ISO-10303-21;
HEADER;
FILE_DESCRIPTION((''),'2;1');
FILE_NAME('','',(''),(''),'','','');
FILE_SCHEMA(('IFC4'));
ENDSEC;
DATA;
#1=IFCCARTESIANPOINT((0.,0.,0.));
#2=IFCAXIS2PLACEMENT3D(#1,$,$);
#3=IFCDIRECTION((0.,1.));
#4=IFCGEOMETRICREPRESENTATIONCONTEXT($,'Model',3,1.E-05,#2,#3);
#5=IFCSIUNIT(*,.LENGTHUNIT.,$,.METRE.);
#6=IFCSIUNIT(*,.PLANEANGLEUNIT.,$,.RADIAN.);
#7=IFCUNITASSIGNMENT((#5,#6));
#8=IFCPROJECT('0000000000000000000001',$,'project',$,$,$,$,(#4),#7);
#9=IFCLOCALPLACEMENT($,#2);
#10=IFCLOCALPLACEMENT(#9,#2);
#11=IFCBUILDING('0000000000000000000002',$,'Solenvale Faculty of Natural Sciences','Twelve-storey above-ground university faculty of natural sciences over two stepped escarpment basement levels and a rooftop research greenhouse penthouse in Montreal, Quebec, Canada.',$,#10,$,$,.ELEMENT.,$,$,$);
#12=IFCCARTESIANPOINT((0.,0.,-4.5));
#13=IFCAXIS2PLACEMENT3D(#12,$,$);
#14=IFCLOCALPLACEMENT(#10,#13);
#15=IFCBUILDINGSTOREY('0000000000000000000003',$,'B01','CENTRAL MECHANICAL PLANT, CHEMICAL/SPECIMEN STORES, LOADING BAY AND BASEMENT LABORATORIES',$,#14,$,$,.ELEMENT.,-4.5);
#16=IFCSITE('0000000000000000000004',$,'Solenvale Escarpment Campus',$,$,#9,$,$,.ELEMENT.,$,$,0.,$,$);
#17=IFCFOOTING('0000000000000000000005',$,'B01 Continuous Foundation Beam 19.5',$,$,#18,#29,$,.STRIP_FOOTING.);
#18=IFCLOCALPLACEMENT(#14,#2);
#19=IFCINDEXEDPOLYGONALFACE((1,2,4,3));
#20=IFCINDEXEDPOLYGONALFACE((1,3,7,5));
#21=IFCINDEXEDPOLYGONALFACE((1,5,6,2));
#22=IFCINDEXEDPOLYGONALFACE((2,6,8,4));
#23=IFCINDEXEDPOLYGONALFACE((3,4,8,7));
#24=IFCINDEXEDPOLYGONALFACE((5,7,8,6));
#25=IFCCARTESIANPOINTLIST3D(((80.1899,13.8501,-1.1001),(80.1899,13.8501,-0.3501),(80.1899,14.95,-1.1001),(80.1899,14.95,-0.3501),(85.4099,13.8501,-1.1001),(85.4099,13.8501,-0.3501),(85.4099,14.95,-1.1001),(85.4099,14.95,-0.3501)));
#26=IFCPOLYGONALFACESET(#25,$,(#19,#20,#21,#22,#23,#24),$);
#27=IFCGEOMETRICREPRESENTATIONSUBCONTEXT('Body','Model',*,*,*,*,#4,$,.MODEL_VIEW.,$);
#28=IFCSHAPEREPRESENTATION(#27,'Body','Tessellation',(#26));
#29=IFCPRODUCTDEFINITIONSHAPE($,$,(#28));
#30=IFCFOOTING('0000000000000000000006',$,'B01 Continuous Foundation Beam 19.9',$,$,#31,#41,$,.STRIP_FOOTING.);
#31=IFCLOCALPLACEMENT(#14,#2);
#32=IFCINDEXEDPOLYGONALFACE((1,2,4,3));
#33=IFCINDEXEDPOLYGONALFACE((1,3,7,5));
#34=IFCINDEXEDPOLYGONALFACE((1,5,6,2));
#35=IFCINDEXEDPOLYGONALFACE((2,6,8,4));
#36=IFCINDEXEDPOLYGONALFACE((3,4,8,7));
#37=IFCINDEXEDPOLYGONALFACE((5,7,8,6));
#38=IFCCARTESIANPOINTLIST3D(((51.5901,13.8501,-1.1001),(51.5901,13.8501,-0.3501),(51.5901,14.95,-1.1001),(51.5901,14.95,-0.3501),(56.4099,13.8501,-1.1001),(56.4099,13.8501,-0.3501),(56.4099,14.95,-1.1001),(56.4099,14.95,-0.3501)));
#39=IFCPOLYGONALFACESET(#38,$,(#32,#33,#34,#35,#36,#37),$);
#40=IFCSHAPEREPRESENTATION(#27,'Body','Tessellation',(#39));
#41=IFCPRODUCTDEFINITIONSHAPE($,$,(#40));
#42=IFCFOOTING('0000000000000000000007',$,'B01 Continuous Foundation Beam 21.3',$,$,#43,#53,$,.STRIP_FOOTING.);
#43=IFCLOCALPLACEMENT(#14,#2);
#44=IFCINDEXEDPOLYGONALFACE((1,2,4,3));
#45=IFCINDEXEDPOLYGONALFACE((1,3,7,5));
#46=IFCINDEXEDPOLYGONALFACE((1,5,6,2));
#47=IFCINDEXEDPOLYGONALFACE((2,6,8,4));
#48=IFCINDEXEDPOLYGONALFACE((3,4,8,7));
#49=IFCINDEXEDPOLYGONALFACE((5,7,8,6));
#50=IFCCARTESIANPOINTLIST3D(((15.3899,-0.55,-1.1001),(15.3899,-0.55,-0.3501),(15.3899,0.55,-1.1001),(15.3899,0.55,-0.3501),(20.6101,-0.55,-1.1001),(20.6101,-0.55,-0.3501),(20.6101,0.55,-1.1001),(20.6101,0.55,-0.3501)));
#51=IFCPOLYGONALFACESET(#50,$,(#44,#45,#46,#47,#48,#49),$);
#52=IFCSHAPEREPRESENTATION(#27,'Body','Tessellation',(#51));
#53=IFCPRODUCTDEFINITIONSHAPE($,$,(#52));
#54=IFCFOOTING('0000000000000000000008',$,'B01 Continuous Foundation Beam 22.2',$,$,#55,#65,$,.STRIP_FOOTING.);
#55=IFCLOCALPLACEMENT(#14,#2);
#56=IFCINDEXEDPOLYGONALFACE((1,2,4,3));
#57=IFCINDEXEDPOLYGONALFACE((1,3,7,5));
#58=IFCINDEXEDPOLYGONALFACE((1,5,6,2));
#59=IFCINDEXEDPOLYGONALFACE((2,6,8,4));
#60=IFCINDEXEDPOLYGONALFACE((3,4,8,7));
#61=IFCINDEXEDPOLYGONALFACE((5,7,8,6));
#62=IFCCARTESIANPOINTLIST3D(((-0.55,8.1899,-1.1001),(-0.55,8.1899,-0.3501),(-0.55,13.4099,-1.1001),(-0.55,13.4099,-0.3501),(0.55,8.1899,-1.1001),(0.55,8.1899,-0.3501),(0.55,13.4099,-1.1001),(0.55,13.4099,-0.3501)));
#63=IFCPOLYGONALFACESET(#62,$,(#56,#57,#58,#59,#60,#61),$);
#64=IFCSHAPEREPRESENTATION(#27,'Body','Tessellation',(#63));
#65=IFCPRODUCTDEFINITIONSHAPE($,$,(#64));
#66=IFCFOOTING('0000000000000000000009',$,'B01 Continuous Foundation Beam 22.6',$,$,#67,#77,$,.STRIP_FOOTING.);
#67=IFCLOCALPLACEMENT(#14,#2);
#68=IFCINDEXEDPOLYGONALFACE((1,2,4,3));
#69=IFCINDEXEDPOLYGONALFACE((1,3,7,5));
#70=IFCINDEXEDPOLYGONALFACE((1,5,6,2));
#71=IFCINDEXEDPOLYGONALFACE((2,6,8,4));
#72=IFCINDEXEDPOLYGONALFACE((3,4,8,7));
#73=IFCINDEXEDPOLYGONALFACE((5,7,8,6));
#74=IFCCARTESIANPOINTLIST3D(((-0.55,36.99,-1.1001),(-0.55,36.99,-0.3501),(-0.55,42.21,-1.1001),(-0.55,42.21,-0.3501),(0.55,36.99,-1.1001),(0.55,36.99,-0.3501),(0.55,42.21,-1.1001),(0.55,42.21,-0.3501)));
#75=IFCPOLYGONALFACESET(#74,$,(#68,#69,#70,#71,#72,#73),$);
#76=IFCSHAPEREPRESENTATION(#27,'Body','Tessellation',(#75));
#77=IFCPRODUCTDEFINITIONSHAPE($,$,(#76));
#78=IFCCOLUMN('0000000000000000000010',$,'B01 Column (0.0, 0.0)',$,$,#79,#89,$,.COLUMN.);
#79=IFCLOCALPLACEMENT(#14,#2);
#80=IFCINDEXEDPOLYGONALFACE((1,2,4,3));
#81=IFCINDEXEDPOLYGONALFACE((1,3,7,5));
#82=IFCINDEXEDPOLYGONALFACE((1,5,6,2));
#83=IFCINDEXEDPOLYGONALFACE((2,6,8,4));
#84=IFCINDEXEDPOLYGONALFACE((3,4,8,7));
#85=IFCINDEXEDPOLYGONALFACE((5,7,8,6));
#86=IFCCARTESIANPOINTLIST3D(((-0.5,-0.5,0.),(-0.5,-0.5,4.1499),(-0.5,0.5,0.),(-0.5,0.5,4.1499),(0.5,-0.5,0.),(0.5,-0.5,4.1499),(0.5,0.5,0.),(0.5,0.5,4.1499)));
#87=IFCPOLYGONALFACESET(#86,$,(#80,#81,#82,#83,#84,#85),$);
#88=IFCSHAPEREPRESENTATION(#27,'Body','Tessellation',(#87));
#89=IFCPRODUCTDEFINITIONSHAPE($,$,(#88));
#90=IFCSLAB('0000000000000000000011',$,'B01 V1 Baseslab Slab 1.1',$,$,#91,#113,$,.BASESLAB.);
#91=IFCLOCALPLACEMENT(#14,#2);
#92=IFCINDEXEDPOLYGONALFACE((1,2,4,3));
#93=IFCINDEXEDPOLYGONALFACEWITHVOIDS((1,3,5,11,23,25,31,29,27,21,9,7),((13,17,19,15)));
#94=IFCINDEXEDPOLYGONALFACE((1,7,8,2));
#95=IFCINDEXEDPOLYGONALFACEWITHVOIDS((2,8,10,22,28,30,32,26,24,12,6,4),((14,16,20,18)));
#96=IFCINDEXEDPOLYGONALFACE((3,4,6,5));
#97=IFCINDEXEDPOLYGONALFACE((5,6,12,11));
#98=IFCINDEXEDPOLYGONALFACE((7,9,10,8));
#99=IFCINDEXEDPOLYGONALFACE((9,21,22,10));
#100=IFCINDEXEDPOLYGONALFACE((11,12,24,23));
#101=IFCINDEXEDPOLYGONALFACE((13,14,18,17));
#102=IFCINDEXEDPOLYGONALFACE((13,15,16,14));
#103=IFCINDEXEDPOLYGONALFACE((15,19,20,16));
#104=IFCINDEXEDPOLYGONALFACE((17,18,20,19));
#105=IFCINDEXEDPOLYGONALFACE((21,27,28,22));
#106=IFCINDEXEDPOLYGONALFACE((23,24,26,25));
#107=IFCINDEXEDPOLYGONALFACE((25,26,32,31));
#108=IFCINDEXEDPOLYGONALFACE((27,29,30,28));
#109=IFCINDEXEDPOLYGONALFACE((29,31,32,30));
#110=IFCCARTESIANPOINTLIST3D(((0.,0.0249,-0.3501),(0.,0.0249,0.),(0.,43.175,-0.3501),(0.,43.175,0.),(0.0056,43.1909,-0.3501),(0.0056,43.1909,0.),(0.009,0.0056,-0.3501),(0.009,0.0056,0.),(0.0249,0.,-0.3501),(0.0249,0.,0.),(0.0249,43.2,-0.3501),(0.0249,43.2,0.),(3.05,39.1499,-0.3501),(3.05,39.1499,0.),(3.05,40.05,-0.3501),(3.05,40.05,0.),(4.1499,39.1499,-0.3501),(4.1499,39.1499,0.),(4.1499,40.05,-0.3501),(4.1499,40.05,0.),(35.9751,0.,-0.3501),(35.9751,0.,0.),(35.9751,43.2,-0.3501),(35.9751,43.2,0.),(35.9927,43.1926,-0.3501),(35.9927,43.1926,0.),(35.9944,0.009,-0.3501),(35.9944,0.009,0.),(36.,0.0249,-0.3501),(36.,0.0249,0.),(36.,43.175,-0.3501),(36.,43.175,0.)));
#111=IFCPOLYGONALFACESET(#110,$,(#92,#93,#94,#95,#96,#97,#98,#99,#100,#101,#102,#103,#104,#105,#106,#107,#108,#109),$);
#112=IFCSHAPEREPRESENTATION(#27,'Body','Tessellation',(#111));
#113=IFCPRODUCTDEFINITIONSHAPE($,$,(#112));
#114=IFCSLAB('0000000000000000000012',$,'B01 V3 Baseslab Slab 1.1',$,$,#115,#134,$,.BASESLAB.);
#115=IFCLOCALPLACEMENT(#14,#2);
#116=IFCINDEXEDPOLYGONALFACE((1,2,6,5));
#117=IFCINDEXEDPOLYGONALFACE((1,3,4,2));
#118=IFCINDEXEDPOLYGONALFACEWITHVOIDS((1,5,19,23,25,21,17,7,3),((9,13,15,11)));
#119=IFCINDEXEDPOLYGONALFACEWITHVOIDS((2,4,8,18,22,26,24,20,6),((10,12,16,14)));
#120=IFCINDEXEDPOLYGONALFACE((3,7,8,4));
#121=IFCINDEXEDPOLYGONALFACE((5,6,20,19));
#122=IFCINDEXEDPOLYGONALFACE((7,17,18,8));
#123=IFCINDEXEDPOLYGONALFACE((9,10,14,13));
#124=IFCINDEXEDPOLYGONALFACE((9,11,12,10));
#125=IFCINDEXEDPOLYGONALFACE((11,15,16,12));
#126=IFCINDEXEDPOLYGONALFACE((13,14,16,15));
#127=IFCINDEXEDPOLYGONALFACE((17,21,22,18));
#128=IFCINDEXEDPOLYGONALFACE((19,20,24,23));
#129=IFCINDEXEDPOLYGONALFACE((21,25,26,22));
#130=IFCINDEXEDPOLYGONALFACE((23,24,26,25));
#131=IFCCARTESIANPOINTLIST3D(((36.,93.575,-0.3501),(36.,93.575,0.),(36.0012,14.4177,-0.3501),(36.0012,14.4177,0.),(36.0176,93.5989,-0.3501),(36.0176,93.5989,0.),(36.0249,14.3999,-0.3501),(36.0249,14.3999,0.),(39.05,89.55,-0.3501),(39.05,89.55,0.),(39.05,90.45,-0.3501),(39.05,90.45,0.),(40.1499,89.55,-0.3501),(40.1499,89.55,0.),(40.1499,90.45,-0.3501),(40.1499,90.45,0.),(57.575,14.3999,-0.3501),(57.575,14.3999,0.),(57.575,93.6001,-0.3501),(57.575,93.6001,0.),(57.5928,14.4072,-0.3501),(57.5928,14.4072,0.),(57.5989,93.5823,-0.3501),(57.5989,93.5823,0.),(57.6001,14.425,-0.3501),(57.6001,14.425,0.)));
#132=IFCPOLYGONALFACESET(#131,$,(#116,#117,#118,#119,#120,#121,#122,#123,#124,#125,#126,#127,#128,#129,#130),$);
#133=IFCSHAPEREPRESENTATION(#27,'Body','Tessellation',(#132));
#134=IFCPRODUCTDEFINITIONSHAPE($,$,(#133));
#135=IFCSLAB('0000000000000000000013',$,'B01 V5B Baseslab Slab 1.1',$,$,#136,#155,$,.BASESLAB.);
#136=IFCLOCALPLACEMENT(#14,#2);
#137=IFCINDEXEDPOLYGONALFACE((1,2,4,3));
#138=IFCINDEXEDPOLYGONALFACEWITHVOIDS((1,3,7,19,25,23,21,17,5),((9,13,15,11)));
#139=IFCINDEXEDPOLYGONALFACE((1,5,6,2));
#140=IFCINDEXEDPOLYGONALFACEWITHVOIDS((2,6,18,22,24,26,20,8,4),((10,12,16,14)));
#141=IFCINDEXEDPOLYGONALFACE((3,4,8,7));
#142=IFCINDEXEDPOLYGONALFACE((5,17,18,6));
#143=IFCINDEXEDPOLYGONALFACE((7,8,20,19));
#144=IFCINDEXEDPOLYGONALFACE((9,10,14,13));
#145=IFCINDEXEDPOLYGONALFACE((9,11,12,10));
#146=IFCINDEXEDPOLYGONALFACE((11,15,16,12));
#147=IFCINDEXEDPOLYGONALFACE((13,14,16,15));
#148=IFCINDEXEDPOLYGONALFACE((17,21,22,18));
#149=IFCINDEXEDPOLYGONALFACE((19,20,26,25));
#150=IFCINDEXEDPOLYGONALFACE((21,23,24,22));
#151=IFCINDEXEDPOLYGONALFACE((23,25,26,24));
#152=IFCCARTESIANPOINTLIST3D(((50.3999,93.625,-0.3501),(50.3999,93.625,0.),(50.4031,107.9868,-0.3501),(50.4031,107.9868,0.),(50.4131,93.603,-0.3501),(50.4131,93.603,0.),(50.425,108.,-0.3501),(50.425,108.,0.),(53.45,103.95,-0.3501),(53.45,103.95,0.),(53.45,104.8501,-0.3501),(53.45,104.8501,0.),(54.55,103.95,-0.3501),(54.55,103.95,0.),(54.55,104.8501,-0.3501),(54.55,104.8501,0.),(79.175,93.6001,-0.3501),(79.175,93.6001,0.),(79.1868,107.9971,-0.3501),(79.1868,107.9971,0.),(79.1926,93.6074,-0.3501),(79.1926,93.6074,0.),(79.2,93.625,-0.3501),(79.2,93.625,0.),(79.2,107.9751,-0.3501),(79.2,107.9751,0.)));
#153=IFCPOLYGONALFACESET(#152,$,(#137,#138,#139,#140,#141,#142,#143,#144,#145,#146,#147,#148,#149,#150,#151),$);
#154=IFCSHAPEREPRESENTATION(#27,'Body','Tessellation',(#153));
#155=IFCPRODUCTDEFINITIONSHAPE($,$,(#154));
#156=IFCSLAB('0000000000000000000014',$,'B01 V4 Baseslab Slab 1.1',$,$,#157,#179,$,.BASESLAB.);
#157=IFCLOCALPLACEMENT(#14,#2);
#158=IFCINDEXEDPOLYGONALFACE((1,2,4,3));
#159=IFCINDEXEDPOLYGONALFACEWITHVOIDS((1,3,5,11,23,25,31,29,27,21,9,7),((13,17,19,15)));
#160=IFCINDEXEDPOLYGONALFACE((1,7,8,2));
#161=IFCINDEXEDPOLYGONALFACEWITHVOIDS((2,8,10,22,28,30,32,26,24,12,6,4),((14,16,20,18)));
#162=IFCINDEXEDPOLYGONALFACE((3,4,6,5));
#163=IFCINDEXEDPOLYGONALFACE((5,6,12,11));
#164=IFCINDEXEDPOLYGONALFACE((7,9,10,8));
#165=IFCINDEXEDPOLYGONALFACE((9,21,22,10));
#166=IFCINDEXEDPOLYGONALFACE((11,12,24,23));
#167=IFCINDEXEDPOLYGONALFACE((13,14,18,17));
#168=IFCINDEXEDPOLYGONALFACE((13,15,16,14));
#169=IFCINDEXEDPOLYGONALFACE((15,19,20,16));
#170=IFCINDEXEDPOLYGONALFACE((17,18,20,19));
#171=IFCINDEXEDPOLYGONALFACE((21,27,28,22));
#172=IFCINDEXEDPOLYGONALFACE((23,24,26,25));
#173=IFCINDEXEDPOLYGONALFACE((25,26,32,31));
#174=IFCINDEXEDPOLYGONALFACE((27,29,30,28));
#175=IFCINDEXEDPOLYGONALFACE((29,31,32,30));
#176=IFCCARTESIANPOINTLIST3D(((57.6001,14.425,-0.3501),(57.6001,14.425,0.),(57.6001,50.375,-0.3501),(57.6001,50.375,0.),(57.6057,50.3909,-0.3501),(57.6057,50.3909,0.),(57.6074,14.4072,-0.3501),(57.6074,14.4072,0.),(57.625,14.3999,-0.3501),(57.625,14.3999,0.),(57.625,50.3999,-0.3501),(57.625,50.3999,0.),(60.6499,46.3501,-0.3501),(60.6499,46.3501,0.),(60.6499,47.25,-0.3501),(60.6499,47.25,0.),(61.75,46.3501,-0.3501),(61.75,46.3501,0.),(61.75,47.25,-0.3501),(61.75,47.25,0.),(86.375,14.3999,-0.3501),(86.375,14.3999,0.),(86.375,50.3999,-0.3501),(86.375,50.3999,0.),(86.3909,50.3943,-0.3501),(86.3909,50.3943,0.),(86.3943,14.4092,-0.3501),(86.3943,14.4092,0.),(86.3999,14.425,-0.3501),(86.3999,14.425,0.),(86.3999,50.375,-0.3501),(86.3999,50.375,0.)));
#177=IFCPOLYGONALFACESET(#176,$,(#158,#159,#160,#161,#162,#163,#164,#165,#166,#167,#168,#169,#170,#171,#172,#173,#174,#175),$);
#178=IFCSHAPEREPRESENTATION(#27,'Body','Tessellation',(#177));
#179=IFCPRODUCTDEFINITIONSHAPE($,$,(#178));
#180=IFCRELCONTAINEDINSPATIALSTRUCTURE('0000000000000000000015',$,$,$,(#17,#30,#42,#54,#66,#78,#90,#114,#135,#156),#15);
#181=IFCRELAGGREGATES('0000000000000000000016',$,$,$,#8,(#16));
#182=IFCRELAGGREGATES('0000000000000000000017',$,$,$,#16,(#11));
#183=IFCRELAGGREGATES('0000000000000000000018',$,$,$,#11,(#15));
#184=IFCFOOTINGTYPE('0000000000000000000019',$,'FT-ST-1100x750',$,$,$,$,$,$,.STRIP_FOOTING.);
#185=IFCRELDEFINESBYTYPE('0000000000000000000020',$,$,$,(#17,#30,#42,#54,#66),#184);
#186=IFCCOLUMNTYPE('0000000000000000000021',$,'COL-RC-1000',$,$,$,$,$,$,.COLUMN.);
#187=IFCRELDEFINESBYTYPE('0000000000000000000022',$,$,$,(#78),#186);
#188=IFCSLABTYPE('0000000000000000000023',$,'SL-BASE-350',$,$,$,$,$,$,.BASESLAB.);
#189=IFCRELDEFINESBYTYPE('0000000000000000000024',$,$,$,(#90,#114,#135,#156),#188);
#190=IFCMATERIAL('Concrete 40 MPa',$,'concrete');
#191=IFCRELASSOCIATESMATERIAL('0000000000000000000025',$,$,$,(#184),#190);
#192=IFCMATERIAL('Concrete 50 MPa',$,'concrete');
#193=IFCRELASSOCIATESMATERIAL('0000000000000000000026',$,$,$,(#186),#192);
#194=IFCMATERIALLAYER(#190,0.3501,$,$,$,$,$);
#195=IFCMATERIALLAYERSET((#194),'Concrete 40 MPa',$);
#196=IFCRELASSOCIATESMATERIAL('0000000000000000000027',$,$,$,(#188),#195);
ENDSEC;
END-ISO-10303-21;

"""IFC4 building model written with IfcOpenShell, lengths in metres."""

from ifc_helpers import new_model, si_unit, direction, frame, origin, origin_with_axes, origin_2d, place, context, subcontext, project, spatial, polyline, rectangle, outline, extrude, material, layer, layer_set, material_profile, profile_set, type_object, element, save


model = new_model("IFC4")

# Units and contexts
model_context = context("Model", 3, precision=1e-05, world=origin(), true_north=direction((0.0, 1.0)))
body_context = subcontext(model_context, "Body", "Model", "MODEL_VIEW")
ifc_project = project(units=[si_unit("LENGTHUNIT", "METRE"), si_unit("PLANEANGLEUNIT", "RADIAN")], contexts=[model_context])

# Site, building, storey
site_placement = place(None, origin())
site = spatial("IfcSite", under=ifc_project, at=site_placement, Name="Solenvale Escarpment Campus", CompositionType="ELEMENT", RefElevation=0.0)
building_placement = place(site_placement, origin())
building = spatial("IfcBuilding", under=site, at=building_placement, Name="Solenvale Faculty of Natural Sciences", Description="Twelve-storey above-ground university faculty of natural sciences over two stepped escarpment basement levels and a rooftop research greenhouse penthouse in Montreal, Quebec, Canada.", CompositionType="ELEMENT")
storey_placement = place(building_placement, frame((0.0, 0.0, -4.5)))
storey = spatial("IfcBuildingStorey", under=building, at=storey_placement, Name="B01", Description="CENTRAL MECHANICAL PLANT, CHEMICAL/SPECIMEN STORES, LOADING BAY AND BASEMENT LABORATORIES", CompositionType="ELEMENT", Elevation=-4.5)

# Footings
ifc_material_1 = material(Name="Concrete 40 MPa", Category="concrete")
footing_type = type_object("IfcFootingType", Name="FT-ST-1100x750", PredefinedType="STRIP_FOOTING", material=ifc_material_1)
footing_1_placement = place(storey_placement, frame((0.0, 0.0, -1.1001)))
element("IfcFooting", 1, at=footing_1_placement, inside=storey, type_object=footing_type, Name="B01 Continuous Foundation Beam 19.5", PredefinedType="STRIP_FOOTING", context=body_context, shape_type="SweptSolid", body=[
    extrude(outline(polyline([(80.1899, 13.8501), (85.4099, 13.8501), (85.4099, 14.95), (80.1899, 14.95), (80.1899, 13.8501)])), origin(), (0.0, 0.0, 1.0), 0.75),
])
footing_2_placement = place(storey_placement, frame((0.0, 0.0, -1.1001)))
element("IfcFooting", 2, at=footing_2_placement, inside=storey, type_object=footing_type, Name="B01 Continuous Foundation Beam 19.9", PredefinedType="STRIP_FOOTING", context=body_context, shape_type="SweptSolid", body=[
    extrude(outline(polyline([(51.5901, 13.8501), (56.4099, 13.8501), (56.4099, 14.95), (51.5901, 14.95), (51.5901, 13.8501)])), origin(), (0.0, 0.0, 1.0), 0.75),
])
footing_3_placement = place(storey_placement, frame((0.0, 0.0, -1.1001)))
element("IfcFooting", 3, at=footing_3_placement, inside=storey, type_object=footing_type, Name="B01 Continuous Foundation Beam 21.3", PredefinedType="STRIP_FOOTING", context=body_context, shape_type="SweptSolid", body=[
    extrude(outline(polyline([(15.3899, -0.55), (20.6101, -0.55), (20.6101, 0.55), (15.3899, 0.55), (15.3899, -0.55)])), origin(), (0.0, 0.0, 1.0), 0.75),
])
footing_4_placement = place(storey_placement, frame((0.0, 0.0, -1.1001)))
element("IfcFooting", 4, at=footing_4_placement, inside=storey, type_object=footing_type, Name="B01 Continuous Foundation Beam 22.2", PredefinedType="STRIP_FOOTING", context=body_context, shape_type="SweptSolid", body=[
    extrude(outline(polyline([(-0.55, 8.1899), (0.55, 8.1899), (0.55, 13.4099), (-0.55, 13.4099), (-0.55, 8.1899)])), origin(), (0.0, 0.0, 1.0), 0.75),
])
footing_5_placement = place(storey_placement, frame((0.0, 0.0, -1.1001)))
element("IfcFooting", 5, at=footing_5_placement, inside=storey, type_object=footing_type, Name="B01 Continuous Foundation Beam 22.6", PredefinedType="STRIP_FOOTING", context=body_context, shape_type="SweptSolid", body=[
    extrude(outline(polyline([(-0.55, 36.99), (0.55, 36.99), (0.55, 42.21), (-0.55, 42.21), (-0.55, 36.99)])), origin(), (0.0, 0.0, 1.0), 0.75),
])

# Column
ifc_material_2 = material(Name="Concrete 50 MPa", Category="concrete")
ifc_material_profile = material_profile(ifc_material_2, rectangle(XDim=1.0, YDim=1.0, at=origin_2d()), Name="RC-COL-1000x1000")
ifc_profile_set = profile_set([ifc_material_profile], Name="Concrete 50 MPa")
column_type = type_object("IfcColumnType", Name="COL-RC-1000", PredefinedType="COLUMN", material=ifc_profile_set)
column_placement = place(storey_placement, origin_with_axes())
element("IfcColumn", 6, at=column_placement, inside=storey, type_object=column_type, Name="B01 Column (0.0, 0.0)", PredefinedType="COLUMN", context=body_context, shape_type="SweptSolid", body=[
    extrude(rectangle(XDim=1.0, YDim=1.0, at=origin_2d()), origin(), (0.0, 0.0, 1.0), 4.1499),
])

# Slabs
ifc_layer_1 = layer(ifc_material_1, 0.3501)
ifc_layer_set_1 = layer_set([ifc_layer_1], Name="Concrete 40 MPa")
slab_type_1 = type_object("IfcSlabType", Name="SL-BASE-350", PredefinedType="BASESLAB", material=ifc_layer_set_1)
slab_1_placement = place(storey_placement, frame((0.0, 0.0, -0.3501)))
element("IfcSlab", 7, at=slab_1_placement, inside=storey, type_object=slab_type_1, Name="B01 V1 Baseslab Slab 1.1", PredefinedType="BASESLAB", context=body_context, shape_type="SweptSolid", body=[
    extrude(outline(polyline([(35.9751, 43.2), (35.9927, 43.1926), (36.0, 43.175), (36.0, 0.0249), (35.9944, 0.009), (35.9751, 0.0), (0.0249, 0.0), (0.009, 0.0056), (0.0, 0.0249), (0.0, 43.175), (0.0056, 43.1909), (0.0249, 43.2), (35.9751, 43.2)]), holes=[polyline([(3.05, 39.1499), (4.1499, 39.1499), (4.1499, 40.05), (3.05, 40.05), (3.05, 39.1499)])]), origin(), (0.0, 0.0, 1.0), 0.3501),
])
slab_2_placement = place(storey_placement, frame((0.0, 0.0, -0.3501)))
element("IfcSlab", 8, at=slab_2_placement, inside=storey, type_object=slab_type_1, Name="B01 V3 Baseslab Slab 1.1", PredefinedType="BASESLAB", context=body_context, shape_type="SweptSolid", body=[
    extrude(outline(polyline([(57.6001, 14.425), (57.5928, 14.4072), (57.575, 14.3999), (36.0249, 14.3999), (36.0012, 14.4177), (36.0, 93.575), (36.0176, 93.5989), (57.575, 93.6001), (57.5989, 93.5823), (57.6001, 14.425)]), holes=[polyline([(39.05, 89.55), (40.1499, 89.55), (40.1499, 90.45), (39.05, 90.45), (39.05, 89.55)])]), origin(), (0.0, 0.0, 1.0), 0.3501),
])
slab_3_placement = place(storey_placement, frame((0.0, 0.0, -0.3501)))
element("IfcSlab", 9, at=slab_3_placement, inside=storey, type_object=slab_type_1, Name="B01 V5B Baseslab Slab 1.1", PredefinedType="BASESLAB", context=body_context, shape_type="SweptSolid", body=[
    extrude(outline(polyline([(79.2, 93.625), (79.1926, 93.6074), (79.175, 93.6001), (50.4131, 93.603), (50.3999, 93.625), (50.4031, 107.9868), (50.425, 108.0), (79.1868, 107.9971), (79.2, 107.9751), (79.2, 93.625)]), holes=[polyline([(53.45, 103.95), (54.55, 103.95), (54.55, 104.8501), (53.45, 104.8501), (53.45, 103.95)])]), origin(), (0.0, 0.0, 1.0), 0.3501),
])
slab_4_placement = place(storey_placement, frame((0.0, 0.0, -0.3501)))
element("IfcSlab", 10, at=slab_4_placement, inside=storey, type_object=slab_type_1, Name="B01 V4 Baseslab Slab 1.1", PredefinedType="BASESLAB", context=body_context, shape_type="SweptSolid", body=[
    extrude(outline(polyline([(57.625, 14.3999), (57.6074, 14.4072), (57.6001, 14.425), (57.6001, 50.375), (57.6057, 50.3909), (57.625, 50.3999), (86.375, 50.3999), (86.3909, 50.3943), (86.3999, 50.375), (86.3999, 14.425), (86.3943, 14.4092), (86.375, 14.3999), (57.625, 14.3999)]), holes=[polyline([(60.6499, 46.3501), (61.75, 46.3501), (61.75, 47.25), (60.6499, 47.25), (60.6499, 46.3501)])]), origin(), (0.0, 0.0, 1.0), 0.3501),
])

save(model, "model.ifc")
